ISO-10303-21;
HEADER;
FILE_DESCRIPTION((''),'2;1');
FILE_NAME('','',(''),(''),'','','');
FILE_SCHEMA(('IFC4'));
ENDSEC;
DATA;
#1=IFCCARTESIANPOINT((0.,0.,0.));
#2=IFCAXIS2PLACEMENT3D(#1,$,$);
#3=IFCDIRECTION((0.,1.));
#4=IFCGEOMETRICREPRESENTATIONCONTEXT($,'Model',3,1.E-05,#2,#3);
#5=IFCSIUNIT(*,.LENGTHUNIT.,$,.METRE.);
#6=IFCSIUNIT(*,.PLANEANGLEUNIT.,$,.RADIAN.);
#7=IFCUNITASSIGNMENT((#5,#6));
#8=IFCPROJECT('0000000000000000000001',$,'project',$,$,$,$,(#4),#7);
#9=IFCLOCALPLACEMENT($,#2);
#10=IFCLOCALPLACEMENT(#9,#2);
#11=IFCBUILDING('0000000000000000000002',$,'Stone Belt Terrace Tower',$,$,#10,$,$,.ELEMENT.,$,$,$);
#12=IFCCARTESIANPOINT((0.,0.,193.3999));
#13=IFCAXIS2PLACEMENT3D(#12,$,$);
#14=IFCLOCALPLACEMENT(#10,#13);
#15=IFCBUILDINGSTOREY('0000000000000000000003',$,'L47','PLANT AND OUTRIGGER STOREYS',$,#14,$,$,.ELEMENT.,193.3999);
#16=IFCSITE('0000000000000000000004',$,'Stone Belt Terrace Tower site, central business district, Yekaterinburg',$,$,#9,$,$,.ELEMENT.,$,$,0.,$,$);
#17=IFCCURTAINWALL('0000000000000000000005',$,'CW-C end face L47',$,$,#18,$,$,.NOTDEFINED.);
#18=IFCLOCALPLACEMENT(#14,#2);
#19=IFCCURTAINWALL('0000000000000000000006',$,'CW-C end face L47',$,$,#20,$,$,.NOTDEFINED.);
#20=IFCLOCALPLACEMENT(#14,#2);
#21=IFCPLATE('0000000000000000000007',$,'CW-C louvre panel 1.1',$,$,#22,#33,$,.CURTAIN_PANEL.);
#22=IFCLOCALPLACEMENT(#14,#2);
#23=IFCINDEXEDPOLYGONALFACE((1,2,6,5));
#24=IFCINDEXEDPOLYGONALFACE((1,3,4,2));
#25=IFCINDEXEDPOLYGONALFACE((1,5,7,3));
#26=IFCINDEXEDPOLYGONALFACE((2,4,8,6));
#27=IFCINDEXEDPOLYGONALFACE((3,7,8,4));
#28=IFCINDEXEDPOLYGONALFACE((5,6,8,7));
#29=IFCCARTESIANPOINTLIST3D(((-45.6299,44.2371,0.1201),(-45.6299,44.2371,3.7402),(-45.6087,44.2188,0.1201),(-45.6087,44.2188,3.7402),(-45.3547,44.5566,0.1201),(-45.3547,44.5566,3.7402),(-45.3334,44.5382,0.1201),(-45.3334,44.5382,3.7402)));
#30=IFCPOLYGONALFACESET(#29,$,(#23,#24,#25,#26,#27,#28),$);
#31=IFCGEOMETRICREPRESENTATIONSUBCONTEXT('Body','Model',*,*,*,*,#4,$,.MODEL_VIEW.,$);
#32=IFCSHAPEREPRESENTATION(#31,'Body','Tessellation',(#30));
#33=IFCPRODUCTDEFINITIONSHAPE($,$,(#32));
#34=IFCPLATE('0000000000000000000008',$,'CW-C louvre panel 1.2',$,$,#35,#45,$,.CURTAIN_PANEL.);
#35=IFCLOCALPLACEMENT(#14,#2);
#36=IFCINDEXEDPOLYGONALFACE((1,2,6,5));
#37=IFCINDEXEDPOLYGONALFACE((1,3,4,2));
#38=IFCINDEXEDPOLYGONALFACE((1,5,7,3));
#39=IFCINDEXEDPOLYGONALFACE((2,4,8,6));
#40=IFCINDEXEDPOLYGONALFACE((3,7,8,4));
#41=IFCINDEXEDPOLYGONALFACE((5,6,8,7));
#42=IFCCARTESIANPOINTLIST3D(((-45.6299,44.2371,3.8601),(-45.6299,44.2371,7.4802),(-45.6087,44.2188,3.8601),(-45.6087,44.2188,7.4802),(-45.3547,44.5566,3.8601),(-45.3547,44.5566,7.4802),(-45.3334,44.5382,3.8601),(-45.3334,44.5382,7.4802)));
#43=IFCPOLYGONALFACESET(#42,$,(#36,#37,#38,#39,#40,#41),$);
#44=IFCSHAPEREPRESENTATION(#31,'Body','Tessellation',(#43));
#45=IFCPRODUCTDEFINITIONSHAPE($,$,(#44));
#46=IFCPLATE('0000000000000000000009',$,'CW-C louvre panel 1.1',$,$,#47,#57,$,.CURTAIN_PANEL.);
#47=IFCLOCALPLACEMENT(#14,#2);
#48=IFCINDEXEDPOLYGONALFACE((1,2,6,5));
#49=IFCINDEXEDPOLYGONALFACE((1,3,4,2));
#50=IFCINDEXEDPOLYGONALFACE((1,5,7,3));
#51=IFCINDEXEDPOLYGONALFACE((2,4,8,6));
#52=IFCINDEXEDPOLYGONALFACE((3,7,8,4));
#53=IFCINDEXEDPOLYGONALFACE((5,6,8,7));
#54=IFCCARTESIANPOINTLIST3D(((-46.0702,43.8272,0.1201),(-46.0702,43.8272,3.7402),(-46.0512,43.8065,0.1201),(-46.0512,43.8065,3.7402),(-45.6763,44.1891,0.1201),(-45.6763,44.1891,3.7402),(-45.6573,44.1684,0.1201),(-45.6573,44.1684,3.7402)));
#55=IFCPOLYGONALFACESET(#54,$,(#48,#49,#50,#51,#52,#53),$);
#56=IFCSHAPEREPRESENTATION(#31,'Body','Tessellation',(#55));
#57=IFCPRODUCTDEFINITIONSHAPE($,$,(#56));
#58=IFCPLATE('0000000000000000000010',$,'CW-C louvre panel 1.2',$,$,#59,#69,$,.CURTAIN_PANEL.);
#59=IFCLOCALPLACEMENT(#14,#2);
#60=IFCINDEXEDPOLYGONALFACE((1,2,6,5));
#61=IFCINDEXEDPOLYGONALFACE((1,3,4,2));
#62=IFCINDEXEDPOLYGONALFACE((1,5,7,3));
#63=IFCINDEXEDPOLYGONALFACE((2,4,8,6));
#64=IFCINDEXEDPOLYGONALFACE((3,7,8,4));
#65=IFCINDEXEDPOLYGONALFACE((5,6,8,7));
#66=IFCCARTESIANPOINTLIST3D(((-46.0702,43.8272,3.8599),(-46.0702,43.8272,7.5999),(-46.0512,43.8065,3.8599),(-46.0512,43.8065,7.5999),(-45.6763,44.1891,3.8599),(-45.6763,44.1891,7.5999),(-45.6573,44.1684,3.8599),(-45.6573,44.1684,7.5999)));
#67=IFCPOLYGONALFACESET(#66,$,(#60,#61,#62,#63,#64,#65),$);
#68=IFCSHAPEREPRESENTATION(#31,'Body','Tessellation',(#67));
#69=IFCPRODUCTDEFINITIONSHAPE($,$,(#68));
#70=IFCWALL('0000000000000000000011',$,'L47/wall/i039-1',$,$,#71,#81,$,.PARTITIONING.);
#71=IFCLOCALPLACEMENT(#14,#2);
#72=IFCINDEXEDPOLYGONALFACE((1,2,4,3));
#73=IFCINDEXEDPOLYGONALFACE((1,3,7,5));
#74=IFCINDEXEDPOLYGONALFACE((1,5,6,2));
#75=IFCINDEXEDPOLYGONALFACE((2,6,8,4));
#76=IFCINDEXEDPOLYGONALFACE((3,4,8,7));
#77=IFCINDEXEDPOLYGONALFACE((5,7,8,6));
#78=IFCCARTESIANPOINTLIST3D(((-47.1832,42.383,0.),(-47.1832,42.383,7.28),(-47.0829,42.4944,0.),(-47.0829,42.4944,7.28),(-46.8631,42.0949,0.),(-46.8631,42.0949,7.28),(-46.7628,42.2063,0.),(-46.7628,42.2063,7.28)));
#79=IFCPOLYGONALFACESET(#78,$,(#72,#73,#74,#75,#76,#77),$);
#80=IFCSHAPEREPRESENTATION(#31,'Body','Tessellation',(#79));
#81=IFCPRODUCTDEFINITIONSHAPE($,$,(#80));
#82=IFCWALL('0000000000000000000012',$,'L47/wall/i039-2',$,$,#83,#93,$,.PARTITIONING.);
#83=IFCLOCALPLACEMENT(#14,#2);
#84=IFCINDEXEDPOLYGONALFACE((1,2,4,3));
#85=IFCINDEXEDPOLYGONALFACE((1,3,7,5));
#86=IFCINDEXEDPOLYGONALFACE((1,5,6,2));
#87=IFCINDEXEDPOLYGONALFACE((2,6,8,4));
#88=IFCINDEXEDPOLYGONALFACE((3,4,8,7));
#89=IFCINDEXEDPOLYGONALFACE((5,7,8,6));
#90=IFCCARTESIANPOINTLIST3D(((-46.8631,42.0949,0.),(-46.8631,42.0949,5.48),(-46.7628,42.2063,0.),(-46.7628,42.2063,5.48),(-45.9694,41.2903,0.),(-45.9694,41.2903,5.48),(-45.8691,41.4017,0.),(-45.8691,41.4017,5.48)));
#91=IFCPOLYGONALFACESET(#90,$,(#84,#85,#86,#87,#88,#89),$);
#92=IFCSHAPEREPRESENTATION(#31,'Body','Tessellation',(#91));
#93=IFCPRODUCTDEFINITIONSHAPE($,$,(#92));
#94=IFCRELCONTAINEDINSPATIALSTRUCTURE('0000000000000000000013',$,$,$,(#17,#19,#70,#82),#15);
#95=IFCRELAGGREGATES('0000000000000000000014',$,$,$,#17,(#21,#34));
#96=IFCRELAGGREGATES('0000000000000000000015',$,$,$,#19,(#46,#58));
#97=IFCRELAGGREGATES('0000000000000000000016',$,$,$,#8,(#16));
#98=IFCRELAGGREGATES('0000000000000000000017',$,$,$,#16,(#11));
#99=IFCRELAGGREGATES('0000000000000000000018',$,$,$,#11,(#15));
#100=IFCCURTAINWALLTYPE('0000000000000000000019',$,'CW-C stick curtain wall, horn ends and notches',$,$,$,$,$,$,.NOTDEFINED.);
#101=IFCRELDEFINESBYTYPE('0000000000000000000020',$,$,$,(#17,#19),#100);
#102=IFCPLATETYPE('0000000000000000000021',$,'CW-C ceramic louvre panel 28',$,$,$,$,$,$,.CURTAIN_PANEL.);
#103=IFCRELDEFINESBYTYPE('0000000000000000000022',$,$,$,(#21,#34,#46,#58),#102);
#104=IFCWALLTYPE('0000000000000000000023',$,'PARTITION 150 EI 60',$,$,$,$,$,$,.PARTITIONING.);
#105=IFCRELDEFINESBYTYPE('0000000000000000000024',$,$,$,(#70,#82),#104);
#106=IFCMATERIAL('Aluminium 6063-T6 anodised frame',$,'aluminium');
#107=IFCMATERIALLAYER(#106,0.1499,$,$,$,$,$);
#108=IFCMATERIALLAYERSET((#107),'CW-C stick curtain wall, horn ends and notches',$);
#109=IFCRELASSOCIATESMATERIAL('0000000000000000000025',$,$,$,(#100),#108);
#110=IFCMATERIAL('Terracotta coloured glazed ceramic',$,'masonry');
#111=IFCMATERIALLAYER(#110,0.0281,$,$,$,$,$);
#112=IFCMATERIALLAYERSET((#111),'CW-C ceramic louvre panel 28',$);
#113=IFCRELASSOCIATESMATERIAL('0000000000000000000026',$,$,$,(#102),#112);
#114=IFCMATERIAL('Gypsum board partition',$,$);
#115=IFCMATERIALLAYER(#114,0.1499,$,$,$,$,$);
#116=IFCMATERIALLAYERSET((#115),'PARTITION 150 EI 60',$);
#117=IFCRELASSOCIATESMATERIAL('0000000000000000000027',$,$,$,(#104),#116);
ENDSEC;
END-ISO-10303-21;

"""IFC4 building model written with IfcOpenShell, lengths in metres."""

from ifc_helpers import new_model, si_unit, direction, frame, frame_2d, origin, origin_2d, place, context, subcontext, project, spatial, rectangle, extrude, material, layer, layer_set, type_object, element, aggregate, save


model = new_model("IFC4")

# Units and contexts
model_context = context("Model", 3, precision=1e-05, world=origin(), true_north=direction((0.0, 1.0)))
body_context = subcontext(model_context, "Body", "Model", "MODEL_VIEW")
ifc_project = project(units=[si_unit("LENGTHUNIT", "METRE"), si_unit("PLANEANGLEUNIT", "RADIAN")], contexts=[model_context])

# Site, building, storey
site_placement = place(None, origin())
site = spatial("IfcSite", under=ifc_project, at=site_placement, Name="Stone Belt Terrace Tower site, central business district, Yekaterinburg", CompositionType="ELEMENT", RefElevation=0.0)
building_placement = place(site_placement, origin())
building = spatial("IfcBuilding", under=site, at=building_placement, Name="Stone Belt Terrace Tower", CompositionType="ELEMENT")
storey_placement = place(building_placement, frame((0.0, 0.0, 193.3999)))
storey = spatial("IfcBuildingStorey", under=building, at=storey_placement, Name="L47", Description="PLANT AND OUTRIGGER STOREYS", CompositionType="ELEMENT", Elevation=193.3999)

# Curtain walls
ifc_material_1 = material(Name="Aluminium 6063-T6 anodised frame", Category="aluminium")
ifc_layer_1 = layer(ifc_material_1, 0.1499)
ifc_layer_set_1 = layer_set([ifc_layer_1], Name="CW-C stick curtain wall, horn ends and notches")
curtain_wall_type = type_object("IfcCurtainWallType", Name="CW-C stick curtain wall, horn ends and notches", PredefinedType="NOTDEFINED", material=ifc_layer_set_1)
curtain_wall_1_placement = place(storey_placement, origin())
curtain_wall_1 = element("IfcCurtainWall", 1, at=curtain_wall_1_placement, inside=storey, type_object=curtain_wall_type, Name="CW-C end face L47", PredefinedType="NOTDEFINED")
curtain_wall_2_placement = place(storey_placement, origin())
curtain_wall_2 = element("IfcCurtainWall", 2, at=curtain_wall_2_placement, inside=storey, type_object=curtain_wall_type, Name="CW-C end face L47", PredefinedType="NOTDEFINED")

# Shared definitions
ifc_material_2 = material(Name="Terracotta coloured glazed ceramic", Category="masonry")
ifc_layer_2 = layer(ifc_material_2, 0.0281)
ifc_layer_set_2 = layer_set([ifc_layer_2], Name="CW-C ceramic louvre panel 28")
plate_type = type_object("IfcPlateType", Name="CW-C ceramic louvre panel 28", PredefinedType="CURTAIN_PANEL", material=ifc_layer_set_2)

# Plates
plate_1_placement = place(storey_placement, frame((-45.4817, 44.3877, 0.1201), z_axis=(0.0, 0.0, 1.0), x_axis=(-0.652738, -0.757584, 0.0)))
plate_1 = element("IfcPlate", 3, at=plate_1_placement, type_object=plate_type, Name="CW-C louvre panel 1.1", PredefinedType="CURTAIN_PANEL", context=body_context, shape_type="SweptSolid", body=[
    extrude(rectangle(XDim=0.4216, YDim=0.0281, at=origin_2d()), origin(), (0.0, 0.0, 1.0), 3.6201),
])
plate_2_placement = place(storey_placement, frame((-45.4817, 44.3877, 3.8601), z_axis=(0.0, 0.0, 1.0), x_axis=(-0.652738, -0.757584, 0.0)))
plate_2 = element("IfcPlate", 4, at=plate_2_placement, type_object=plate_type, Name="CW-C louvre panel 1.2", PredefinedType="CURTAIN_PANEL", context=body_context, shape_type="SweptSolid", body=[
    extrude(rectangle(XDim=0.4216, YDim=0.0281, at=origin_2d()), origin(), (0.0, 0.0, 1.0), 3.6201),
])
aggregate(curtain_wall_1, [plate_1, plate_2])
plate_3_placement = place(storey_placement, frame((-45.8638, 43.9978, 0.1201), z_axis=(0.0, 0.0, 1.0), x_axis=(-0.73628, -0.676677, 0.0)))
plate_3 = element("IfcPlate", 5, at=plate_3_placement, type_object=plate_type, Name="CW-C louvre panel 1.1", PredefinedType="CURTAIN_PANEL", context=body_context, shape_type="SweptSolid", body=[
    extrude(rectangle(XDim=0.5349, YDim=0.0281, at=origin_2d()), origin(), (0.0, 0.0, 1.0), 3.6201),
])
plate_4_placement = place(storey_placement, frame((-45.8638, 43.9978, 3.8599), z_axis=(0.0, 0.0, 1.0), x_axis=(-0.73628, -0.676677, 0.0)))
plate_4 = element("IfcPlate", 6, at=plate_4_placement, type_object=plate_type, Name="CW-C louvre panel 1.2", PredefinedType="CURTAIN_PANEL", context=body_context, shape_type="SweptSolid", body=[
    extrude(rectangle(XDim=0.5349, YDim=0.0281, at=origin_2d()), origin(), (0.0, 0.0, 1.0), 3.74),
])
aggregate(curtain_wall_2, [plate_3, plate_4])

# Walls
ifc_material_3 = material(Name="Gypsum board partition")
ifc_layer_3 = layer(ifc_material_3, 0.1499)
ifc_layer_set_3 = layer_set([ifc_layer_3], Name="PARTITION 150 EI 60")
wall_type = type_object("IfcWallType", Name="PARTITION 150 EI 60", PredefinedType="PARTITIONING", material=ifc_layer_set_3)
wall_1_placement = place(storey_placement, frame((-47.1331, 42.4387, 0.0), z_axis=(0.0, 0.0, 1.0), x_axis=(0.743266, -0.668996, 0.0)))
element("IfcWall", 7, at=wall_1_placement, inside=storey, type_object=wall_type, Name="L47/wall/i039-1", PredefinedType="PARTITIONING", context=body_context, shape_type="SweptSolid", body=[
    extrude(rectangle(XDim=0.4307, YDim=0.1499, at=frame_2d((0.2153, 0.0))), origin(), (0.0, 0.0, 1.0), 7.28),
])
wall_2_placement = place(storey_placement, frame((-46.813, 42.1506, 0.0), z_axis=(0.0, 0.0, 1.0), x_axis=(0.743183, -0.669088, 0.0)))
element("IfcWall", 8, at=wall_2_placement, inside=storey, type_object=wall_type, Name="L47/wall/i039-2", PredefinedType="PARTITIONING", context=body_context, shape_type="SweptSolid", body=[
    extrude(rectangle(XDim=1.2026, YDim=0.1499, at=frame_2d((0.6013, 0.0))), origin(), (0.0, 0.0, 1.0), 5.48),
])

save(model, "model.ifc")
